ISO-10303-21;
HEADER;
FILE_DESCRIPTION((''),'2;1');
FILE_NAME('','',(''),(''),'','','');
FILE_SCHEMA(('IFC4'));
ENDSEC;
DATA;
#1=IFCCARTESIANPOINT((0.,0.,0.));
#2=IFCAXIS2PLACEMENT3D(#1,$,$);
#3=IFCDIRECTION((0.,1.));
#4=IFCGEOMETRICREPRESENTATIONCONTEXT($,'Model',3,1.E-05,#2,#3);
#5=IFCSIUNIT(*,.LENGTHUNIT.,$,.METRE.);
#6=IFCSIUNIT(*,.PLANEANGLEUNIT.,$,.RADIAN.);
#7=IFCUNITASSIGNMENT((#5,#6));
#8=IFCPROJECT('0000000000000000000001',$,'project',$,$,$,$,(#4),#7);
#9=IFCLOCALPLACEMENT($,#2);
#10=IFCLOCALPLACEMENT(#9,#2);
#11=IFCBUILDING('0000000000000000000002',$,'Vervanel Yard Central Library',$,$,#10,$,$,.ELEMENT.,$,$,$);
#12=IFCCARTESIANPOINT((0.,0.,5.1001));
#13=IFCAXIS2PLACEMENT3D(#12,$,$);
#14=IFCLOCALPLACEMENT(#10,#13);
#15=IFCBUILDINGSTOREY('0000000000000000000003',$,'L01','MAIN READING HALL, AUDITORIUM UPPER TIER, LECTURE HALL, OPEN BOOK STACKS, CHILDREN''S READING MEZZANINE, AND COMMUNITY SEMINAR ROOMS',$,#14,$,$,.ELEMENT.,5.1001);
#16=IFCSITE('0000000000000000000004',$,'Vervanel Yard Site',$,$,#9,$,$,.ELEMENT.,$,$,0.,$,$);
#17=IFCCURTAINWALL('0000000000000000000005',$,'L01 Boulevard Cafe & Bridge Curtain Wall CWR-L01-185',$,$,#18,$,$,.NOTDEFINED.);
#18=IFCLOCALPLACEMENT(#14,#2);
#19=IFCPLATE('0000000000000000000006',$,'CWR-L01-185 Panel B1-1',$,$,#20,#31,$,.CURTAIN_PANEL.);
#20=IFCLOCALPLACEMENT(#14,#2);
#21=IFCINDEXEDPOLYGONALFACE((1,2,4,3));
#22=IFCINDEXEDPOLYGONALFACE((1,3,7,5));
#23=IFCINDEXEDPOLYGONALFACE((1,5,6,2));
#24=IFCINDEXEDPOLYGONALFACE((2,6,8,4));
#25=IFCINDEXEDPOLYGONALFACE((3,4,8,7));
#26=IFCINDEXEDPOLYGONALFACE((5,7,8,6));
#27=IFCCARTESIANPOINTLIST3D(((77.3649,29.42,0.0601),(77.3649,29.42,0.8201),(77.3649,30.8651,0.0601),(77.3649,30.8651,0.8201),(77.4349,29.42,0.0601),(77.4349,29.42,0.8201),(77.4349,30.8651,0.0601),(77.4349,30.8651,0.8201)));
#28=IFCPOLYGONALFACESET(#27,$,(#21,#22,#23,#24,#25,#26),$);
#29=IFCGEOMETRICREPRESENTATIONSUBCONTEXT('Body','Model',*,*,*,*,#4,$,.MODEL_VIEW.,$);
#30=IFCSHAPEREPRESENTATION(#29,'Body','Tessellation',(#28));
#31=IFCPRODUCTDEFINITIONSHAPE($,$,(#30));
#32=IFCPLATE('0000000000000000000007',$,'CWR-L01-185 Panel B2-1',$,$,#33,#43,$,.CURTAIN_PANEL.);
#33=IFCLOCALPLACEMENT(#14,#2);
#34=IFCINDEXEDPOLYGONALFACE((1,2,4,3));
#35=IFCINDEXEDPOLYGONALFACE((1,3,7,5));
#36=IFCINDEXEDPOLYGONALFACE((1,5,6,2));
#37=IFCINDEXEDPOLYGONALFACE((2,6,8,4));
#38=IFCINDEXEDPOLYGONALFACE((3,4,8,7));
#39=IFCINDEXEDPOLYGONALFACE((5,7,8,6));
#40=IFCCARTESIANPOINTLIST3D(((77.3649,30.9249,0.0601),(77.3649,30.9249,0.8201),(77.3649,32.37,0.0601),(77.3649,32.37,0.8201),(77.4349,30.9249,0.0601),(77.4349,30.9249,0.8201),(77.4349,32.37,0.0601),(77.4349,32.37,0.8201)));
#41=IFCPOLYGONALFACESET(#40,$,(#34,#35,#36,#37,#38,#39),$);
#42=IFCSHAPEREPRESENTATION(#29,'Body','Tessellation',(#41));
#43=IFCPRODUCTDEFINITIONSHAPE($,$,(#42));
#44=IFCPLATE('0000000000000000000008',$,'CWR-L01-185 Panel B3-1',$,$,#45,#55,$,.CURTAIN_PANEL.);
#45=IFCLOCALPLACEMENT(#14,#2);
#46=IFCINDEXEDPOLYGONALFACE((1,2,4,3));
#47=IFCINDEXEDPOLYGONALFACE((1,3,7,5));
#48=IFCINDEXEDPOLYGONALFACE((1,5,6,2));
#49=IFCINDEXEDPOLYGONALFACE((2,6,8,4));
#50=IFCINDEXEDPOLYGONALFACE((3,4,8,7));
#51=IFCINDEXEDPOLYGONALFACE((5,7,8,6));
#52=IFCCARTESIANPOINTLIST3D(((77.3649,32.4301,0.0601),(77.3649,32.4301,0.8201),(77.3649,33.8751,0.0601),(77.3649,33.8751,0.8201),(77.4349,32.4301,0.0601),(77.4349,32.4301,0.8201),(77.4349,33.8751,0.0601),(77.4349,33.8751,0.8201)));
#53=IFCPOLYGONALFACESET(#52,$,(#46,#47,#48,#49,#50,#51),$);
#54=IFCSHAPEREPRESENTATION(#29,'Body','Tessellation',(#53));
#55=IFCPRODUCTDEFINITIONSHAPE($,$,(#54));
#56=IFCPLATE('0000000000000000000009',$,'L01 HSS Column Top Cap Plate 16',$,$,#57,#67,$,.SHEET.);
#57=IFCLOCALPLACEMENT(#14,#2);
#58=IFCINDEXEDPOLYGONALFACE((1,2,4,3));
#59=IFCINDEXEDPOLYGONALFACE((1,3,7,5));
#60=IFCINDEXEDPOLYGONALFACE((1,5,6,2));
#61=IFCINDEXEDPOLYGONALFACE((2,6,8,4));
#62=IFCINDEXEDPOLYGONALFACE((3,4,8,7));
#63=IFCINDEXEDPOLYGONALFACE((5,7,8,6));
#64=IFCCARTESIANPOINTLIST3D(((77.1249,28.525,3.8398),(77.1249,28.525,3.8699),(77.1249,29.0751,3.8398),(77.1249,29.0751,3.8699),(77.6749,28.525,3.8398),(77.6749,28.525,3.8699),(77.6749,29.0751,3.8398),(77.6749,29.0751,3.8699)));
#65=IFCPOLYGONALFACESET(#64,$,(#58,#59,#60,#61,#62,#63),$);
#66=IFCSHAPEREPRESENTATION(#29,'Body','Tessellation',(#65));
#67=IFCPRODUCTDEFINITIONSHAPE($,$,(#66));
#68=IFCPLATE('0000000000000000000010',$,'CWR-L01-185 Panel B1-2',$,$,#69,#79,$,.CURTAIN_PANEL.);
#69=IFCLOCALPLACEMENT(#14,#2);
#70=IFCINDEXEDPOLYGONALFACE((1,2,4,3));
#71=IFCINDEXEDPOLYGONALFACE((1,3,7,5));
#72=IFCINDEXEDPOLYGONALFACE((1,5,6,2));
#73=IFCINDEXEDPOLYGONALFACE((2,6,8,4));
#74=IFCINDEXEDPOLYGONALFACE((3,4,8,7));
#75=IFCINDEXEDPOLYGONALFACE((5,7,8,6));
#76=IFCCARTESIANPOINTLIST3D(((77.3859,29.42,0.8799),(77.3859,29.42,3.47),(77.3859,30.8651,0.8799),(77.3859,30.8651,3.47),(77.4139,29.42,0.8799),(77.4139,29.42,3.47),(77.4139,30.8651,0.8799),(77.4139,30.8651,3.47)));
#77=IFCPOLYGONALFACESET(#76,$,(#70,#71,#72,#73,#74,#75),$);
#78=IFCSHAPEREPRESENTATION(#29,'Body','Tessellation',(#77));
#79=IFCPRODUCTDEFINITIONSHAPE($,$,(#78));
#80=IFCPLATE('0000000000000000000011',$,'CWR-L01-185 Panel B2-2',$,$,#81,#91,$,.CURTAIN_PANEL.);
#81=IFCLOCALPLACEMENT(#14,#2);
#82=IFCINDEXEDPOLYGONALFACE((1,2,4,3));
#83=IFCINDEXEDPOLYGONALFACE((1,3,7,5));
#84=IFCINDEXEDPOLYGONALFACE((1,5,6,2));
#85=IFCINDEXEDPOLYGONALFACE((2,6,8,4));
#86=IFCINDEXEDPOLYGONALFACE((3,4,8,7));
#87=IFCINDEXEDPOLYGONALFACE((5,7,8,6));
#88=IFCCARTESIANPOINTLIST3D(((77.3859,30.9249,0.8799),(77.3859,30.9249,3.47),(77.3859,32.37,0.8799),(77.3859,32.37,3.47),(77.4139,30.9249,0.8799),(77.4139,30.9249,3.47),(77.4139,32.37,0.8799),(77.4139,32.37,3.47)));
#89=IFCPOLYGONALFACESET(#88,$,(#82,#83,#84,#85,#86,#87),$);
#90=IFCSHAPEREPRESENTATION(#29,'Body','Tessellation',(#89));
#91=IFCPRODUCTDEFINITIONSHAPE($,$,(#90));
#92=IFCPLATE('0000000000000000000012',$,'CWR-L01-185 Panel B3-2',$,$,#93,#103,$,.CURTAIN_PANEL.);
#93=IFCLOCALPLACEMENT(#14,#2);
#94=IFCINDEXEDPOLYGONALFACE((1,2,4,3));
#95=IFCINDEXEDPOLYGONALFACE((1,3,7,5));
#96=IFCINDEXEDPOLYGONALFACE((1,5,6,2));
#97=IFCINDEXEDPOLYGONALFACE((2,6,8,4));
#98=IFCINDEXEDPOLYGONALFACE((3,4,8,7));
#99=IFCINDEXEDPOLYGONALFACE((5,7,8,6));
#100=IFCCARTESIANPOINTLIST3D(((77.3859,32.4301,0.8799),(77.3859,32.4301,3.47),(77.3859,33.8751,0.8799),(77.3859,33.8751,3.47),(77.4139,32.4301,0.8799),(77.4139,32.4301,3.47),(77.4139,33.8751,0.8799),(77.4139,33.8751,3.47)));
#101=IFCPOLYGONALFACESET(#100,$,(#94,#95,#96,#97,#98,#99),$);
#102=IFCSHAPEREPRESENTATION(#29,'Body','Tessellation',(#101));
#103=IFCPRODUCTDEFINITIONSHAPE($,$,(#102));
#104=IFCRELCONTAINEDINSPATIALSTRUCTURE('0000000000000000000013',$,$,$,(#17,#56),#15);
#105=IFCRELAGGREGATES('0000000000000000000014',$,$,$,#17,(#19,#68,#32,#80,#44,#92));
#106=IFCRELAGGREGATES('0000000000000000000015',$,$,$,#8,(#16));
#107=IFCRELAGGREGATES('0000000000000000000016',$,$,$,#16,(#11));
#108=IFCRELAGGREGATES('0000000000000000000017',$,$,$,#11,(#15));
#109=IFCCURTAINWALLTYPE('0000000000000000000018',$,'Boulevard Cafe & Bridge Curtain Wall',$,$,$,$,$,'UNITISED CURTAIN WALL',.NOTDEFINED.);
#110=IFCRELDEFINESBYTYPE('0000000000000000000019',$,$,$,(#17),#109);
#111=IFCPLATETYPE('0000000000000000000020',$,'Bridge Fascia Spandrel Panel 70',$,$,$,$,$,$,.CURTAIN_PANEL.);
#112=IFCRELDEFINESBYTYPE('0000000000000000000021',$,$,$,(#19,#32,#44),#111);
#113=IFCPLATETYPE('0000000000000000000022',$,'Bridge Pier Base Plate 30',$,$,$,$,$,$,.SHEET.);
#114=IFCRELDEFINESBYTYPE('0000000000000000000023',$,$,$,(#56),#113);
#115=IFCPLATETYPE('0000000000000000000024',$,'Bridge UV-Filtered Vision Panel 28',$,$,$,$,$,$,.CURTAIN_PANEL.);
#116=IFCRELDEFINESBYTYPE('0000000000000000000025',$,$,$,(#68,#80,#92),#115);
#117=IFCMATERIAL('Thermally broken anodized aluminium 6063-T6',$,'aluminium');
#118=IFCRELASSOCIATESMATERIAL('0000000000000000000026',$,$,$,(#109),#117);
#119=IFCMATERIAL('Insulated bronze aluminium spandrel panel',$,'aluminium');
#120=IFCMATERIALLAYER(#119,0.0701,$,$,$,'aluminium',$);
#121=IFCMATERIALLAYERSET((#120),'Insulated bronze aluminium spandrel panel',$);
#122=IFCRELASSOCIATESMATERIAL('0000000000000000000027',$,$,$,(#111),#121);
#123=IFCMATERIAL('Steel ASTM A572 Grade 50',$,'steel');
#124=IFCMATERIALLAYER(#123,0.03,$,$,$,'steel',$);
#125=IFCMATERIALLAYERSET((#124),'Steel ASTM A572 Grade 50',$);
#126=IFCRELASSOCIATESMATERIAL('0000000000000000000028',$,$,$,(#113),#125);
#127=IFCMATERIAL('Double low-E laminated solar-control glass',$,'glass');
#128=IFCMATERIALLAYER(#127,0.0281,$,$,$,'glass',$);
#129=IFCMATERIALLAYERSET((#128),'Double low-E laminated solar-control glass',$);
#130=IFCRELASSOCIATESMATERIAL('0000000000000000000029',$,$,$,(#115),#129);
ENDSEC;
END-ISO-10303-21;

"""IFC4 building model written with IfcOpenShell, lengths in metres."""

from ifc_helpers import new_model, si_unit, direction, frame, origin, origin_2d, place, context, subcontext, project, spatial, rectangle, extrude, material, layer, layer_set, type_object, element, aggregate, save


model = new_model("IFC4")

# Units and contexts
model_context = context("Model", 3, precision=1e-05, world=origin(), true_north=direction((0.0, 1.0)))
body_context = subcontext(model_context, "Body", "Model", "MODEL_VIEW")
ifc_project = project(units=[si_unit("LENGTHUNIT", "METRE"), si_unit("PLANEANGLEUNIT", "RADIAN")], contexts=[model_context])

# Site, building, storey
site_placement = place(None, origin())
site = spatial("IfcSite", under=ifc_project, at=site_placement, Name="Vervanel Yard Site", CompositionType="ELEMENT", RefElevation=0.0)
building_placement = place(site_placement, origin())
building = spatial("IfcBuilding", under=site, at=building_placement, Name="Vervanel Yard Central Library", CompositionType="ELEMENT")
storey_placement = place(building_placement, frame((0.0, 0.0, 5.1001)))
storey = spatial("IfcBuildingStorey", under=building, at=storey_placement, Name="L01", Description="MAIN READING HALL, AUDITORIUM UPPER TIER, LECTURE HALL, OPEN BOOK STACKS, CHILDREN'S READING MEZZANINE, AND COMMUNITY SEMINAR ROOMS", CompositionType="ELEMENT", Elevation=5.1001)

# Shared definitions
ifc_material_1 = material(Name="Thermally broken anodized aluminium 6063-T6", Category="aluminium")
curtain_wall_type = type_object("IfcCurtainWallType", Name="Boulevard Cafe & Bridge Curtain Wall", ElementType="UNITISED CURTAIN WALL", PredefinedType="NOTDEFINED", material=ifc_material_1)

# Curtain wall, plates
curtain_wall_1_placement = place(storey_placement, origin())
curtain_wall_1 = element("IfcCurtainWall", 1, at=curtain_wall_1_placement, inside=storey, type_object=curtain_wall_type, Name="L01 Boulevard Cafe & Bridge Curtain Wall CWR-L01-185", PredefinedType="NOTDEFINED")
ifc_material_2 = material(Name="Insulated bronze aluminium spandrel panel", Category="aluminium")
ifc_layer_1 = layer(ifc_material_2, 0.0701, Category="aluminium")
ifc_layer_set_1 = layer_set([ifc_layer_1], Name="Insulated bronze aluminium spandrel panel")
plate_type_1 = type_object("IfcPlateType", Name="Bridge Fascia Spandrel Panel 70", PredefinedType="CURTAIN_PANEL", material=ifc_layer_set_1)
plate_1_placement = place(storey_placement, frame((77.3999, 30.1426, 0.0601), z_axis=(0.0, 0.0, 1.0), x_axis=(0.0, 1.0, 0.0)))
plate_1 = element("IfcPlate", 2, at=plate_1_placement, type_object=plate_type_1, Name="CWR-L01-185 Panel B1-1", PredefinedType="CURTAIN_PANEL", context=body_context, shape_type="SweptSolid", body=[
    extrude(rectangle(XDim=1.4451, YDim=0.0701, at=origin_2d()), origin(), (0.0, 0.0, 1.0), 0.76),
])
plate_2_placement = place(storey_placement, frame((77.3999, 31.6475, 0.0601), z_axis=(0.0, 0.0, 1.0), x_axis=(0.0, 1.0, 0.0)))
plate_2 = element("IfcPlate", 3, at=plate_2_placement, type_object=plate_type_1, Name="CWR-L01-185 Panel B2-1", PredefinedType="CURTAIN_PANEL", context=body_context, shape_type="SweptSolid", body=[
    extrude(rectangle(XDim=1.4451, YDim=0.0701, at=origin_2d()), origin(), (0.0, 0.0, 1.0), 0.76),
])
plate_3_placement = place(storey_placement, frame((77.3999, 33.1526, 0.0601), z_axis=(0.0, 0.0, 1.0), x_axis=(0.0, 1.0, 0.0)))
plate_3 = element("IfcPlate", 4, at=plate_3_placement, type_object=plate_type_1, Name="CWR-L01-185 Panel B3-1", PredefinedType="CURTAIN_PANEL", context=body_context, shape_type="SweptSolid", body=[
    extrude(rectangle(XDim=1.4451, YDim=0.0701, at=origin_2d()), origin(), (0.0, 0.0, 1.0), 0.76),
])

# Plates
ifc_material_3 = material(Name="Steel ASTM A572 Grade 50", Category="steel")
ifc_layer_2 = layer(ifc_material_3, 0.03, Category="steel")
ifc_layer_set_2 = layer_set([ifc_layer_2], Name="Steel ASTM A572 Grade 50")
plate_type_2 = type_object("IfcPlateType", Name="Bridge Pier Base Plate 30", PredefinedType="SHEET", material=ifc_layer_set_2)
plate_4_placement = place(storey_placement, frame((77.3999, 28.8, 3.8398), z_axis=(0.0, 0.0, 1.0), x_axis=(1.0, 0.0, 0.0)))
element("IfcPlate", 5, at=plate_4_placement, inside=storey, type_object=plate_type_2, Name="L01 HSS Column Top Cap Plate 16", PredefinedType="SHEET", context=body_context, shape_type="SweptSolid", body=[
    extrude(rectangle(XDim=0.55, YDim=0.55, at=origin_2d()), origin(), (0.0, 0.0, 1.0), 0.03),
])
ifc_material_4 = material(Name="Double low-E laminated solar-control glass", Category="glass")
ifc_layer_3 = layer(ifc_material_4, 0.0281, Category="glass")
ifc_layer_set_3 = layer_set([ifc_layer_3], Name="Double low-E laminated solar-control glass")
plate_type_3 = type_object("IfcPlateType", Name="Bridge UV-Filtered Vision Panel 28", PredefinedType="CURTAIN_PANEL", material=ifc_layer_set_3)
plate_5_placement = place(storey_placement, frame((77.3999, 30.1426, 0.8799), z_axis=(0.0, 0.0, 1.0), x_axis=(0.0, 1.0, 0.0)))
plate_5 = element("IfcPlate", 6, at=plate_5_placement, type_object=plate_type_3, Name="CWR-L01-185 Panel B1-2", PredefinedType="CURTAIN_PANEL", context=body_context, shape_type="SweptSolid", body=[
    extrude(rectangle(XDim=1.4451, YDim=0.0281, at=origin_2d()), origin(), (0.0, 0.0, 1.0), 2.5901),
])
plate_6_placement = place(storey_placement, frame((77.3999, 31.6475, 0.8799), z_axis=(0.0, 0.0, 1.0), x_axis=(0.0, 1.0, 0.0)))
plate_6 = element("IfcPlate", 7, at=plate_6_placement, type_object=plate_type_3, Name="CWR-L01-185 Panel B2-2", PredefinedType="CURTAIN_PANEL", context=body_context, shape_type="SweptSolid", body=[
    extrude(rectangle(XDim=1.4451, YDim=0.0281, at=origin_2d()), origin(), (0.0, 0.0, 1.0), 2.5901),
])
plate_7_placement = place(storey_placement, frame((77.3999, 33.1526, 0.8799), z_axis=(0.0, 0.0, 1.0), x_axis=(0.0, 1.0, 0.0)))
plate_7 = element("IfcPlate", 8, at=plate_7_placement, type_object=plate_type_3, Name="CWR-L01-185 Panel B3-2", PredefinedType="CURTAIN_PANEL", context=body_context, shape_type="SweptSolid", body=[
    extrude(rectangle(XDim=1.4451, YDim=0.0281, at=origin_2d()), origin(), (0.0, 0.0, 1.0), 2.5901),
])
aggregate(curtain_wall_1, [plate_1, plate_5, plate_2, plate_6, plate_3, plate_7])

save(model, "model.ifc")
